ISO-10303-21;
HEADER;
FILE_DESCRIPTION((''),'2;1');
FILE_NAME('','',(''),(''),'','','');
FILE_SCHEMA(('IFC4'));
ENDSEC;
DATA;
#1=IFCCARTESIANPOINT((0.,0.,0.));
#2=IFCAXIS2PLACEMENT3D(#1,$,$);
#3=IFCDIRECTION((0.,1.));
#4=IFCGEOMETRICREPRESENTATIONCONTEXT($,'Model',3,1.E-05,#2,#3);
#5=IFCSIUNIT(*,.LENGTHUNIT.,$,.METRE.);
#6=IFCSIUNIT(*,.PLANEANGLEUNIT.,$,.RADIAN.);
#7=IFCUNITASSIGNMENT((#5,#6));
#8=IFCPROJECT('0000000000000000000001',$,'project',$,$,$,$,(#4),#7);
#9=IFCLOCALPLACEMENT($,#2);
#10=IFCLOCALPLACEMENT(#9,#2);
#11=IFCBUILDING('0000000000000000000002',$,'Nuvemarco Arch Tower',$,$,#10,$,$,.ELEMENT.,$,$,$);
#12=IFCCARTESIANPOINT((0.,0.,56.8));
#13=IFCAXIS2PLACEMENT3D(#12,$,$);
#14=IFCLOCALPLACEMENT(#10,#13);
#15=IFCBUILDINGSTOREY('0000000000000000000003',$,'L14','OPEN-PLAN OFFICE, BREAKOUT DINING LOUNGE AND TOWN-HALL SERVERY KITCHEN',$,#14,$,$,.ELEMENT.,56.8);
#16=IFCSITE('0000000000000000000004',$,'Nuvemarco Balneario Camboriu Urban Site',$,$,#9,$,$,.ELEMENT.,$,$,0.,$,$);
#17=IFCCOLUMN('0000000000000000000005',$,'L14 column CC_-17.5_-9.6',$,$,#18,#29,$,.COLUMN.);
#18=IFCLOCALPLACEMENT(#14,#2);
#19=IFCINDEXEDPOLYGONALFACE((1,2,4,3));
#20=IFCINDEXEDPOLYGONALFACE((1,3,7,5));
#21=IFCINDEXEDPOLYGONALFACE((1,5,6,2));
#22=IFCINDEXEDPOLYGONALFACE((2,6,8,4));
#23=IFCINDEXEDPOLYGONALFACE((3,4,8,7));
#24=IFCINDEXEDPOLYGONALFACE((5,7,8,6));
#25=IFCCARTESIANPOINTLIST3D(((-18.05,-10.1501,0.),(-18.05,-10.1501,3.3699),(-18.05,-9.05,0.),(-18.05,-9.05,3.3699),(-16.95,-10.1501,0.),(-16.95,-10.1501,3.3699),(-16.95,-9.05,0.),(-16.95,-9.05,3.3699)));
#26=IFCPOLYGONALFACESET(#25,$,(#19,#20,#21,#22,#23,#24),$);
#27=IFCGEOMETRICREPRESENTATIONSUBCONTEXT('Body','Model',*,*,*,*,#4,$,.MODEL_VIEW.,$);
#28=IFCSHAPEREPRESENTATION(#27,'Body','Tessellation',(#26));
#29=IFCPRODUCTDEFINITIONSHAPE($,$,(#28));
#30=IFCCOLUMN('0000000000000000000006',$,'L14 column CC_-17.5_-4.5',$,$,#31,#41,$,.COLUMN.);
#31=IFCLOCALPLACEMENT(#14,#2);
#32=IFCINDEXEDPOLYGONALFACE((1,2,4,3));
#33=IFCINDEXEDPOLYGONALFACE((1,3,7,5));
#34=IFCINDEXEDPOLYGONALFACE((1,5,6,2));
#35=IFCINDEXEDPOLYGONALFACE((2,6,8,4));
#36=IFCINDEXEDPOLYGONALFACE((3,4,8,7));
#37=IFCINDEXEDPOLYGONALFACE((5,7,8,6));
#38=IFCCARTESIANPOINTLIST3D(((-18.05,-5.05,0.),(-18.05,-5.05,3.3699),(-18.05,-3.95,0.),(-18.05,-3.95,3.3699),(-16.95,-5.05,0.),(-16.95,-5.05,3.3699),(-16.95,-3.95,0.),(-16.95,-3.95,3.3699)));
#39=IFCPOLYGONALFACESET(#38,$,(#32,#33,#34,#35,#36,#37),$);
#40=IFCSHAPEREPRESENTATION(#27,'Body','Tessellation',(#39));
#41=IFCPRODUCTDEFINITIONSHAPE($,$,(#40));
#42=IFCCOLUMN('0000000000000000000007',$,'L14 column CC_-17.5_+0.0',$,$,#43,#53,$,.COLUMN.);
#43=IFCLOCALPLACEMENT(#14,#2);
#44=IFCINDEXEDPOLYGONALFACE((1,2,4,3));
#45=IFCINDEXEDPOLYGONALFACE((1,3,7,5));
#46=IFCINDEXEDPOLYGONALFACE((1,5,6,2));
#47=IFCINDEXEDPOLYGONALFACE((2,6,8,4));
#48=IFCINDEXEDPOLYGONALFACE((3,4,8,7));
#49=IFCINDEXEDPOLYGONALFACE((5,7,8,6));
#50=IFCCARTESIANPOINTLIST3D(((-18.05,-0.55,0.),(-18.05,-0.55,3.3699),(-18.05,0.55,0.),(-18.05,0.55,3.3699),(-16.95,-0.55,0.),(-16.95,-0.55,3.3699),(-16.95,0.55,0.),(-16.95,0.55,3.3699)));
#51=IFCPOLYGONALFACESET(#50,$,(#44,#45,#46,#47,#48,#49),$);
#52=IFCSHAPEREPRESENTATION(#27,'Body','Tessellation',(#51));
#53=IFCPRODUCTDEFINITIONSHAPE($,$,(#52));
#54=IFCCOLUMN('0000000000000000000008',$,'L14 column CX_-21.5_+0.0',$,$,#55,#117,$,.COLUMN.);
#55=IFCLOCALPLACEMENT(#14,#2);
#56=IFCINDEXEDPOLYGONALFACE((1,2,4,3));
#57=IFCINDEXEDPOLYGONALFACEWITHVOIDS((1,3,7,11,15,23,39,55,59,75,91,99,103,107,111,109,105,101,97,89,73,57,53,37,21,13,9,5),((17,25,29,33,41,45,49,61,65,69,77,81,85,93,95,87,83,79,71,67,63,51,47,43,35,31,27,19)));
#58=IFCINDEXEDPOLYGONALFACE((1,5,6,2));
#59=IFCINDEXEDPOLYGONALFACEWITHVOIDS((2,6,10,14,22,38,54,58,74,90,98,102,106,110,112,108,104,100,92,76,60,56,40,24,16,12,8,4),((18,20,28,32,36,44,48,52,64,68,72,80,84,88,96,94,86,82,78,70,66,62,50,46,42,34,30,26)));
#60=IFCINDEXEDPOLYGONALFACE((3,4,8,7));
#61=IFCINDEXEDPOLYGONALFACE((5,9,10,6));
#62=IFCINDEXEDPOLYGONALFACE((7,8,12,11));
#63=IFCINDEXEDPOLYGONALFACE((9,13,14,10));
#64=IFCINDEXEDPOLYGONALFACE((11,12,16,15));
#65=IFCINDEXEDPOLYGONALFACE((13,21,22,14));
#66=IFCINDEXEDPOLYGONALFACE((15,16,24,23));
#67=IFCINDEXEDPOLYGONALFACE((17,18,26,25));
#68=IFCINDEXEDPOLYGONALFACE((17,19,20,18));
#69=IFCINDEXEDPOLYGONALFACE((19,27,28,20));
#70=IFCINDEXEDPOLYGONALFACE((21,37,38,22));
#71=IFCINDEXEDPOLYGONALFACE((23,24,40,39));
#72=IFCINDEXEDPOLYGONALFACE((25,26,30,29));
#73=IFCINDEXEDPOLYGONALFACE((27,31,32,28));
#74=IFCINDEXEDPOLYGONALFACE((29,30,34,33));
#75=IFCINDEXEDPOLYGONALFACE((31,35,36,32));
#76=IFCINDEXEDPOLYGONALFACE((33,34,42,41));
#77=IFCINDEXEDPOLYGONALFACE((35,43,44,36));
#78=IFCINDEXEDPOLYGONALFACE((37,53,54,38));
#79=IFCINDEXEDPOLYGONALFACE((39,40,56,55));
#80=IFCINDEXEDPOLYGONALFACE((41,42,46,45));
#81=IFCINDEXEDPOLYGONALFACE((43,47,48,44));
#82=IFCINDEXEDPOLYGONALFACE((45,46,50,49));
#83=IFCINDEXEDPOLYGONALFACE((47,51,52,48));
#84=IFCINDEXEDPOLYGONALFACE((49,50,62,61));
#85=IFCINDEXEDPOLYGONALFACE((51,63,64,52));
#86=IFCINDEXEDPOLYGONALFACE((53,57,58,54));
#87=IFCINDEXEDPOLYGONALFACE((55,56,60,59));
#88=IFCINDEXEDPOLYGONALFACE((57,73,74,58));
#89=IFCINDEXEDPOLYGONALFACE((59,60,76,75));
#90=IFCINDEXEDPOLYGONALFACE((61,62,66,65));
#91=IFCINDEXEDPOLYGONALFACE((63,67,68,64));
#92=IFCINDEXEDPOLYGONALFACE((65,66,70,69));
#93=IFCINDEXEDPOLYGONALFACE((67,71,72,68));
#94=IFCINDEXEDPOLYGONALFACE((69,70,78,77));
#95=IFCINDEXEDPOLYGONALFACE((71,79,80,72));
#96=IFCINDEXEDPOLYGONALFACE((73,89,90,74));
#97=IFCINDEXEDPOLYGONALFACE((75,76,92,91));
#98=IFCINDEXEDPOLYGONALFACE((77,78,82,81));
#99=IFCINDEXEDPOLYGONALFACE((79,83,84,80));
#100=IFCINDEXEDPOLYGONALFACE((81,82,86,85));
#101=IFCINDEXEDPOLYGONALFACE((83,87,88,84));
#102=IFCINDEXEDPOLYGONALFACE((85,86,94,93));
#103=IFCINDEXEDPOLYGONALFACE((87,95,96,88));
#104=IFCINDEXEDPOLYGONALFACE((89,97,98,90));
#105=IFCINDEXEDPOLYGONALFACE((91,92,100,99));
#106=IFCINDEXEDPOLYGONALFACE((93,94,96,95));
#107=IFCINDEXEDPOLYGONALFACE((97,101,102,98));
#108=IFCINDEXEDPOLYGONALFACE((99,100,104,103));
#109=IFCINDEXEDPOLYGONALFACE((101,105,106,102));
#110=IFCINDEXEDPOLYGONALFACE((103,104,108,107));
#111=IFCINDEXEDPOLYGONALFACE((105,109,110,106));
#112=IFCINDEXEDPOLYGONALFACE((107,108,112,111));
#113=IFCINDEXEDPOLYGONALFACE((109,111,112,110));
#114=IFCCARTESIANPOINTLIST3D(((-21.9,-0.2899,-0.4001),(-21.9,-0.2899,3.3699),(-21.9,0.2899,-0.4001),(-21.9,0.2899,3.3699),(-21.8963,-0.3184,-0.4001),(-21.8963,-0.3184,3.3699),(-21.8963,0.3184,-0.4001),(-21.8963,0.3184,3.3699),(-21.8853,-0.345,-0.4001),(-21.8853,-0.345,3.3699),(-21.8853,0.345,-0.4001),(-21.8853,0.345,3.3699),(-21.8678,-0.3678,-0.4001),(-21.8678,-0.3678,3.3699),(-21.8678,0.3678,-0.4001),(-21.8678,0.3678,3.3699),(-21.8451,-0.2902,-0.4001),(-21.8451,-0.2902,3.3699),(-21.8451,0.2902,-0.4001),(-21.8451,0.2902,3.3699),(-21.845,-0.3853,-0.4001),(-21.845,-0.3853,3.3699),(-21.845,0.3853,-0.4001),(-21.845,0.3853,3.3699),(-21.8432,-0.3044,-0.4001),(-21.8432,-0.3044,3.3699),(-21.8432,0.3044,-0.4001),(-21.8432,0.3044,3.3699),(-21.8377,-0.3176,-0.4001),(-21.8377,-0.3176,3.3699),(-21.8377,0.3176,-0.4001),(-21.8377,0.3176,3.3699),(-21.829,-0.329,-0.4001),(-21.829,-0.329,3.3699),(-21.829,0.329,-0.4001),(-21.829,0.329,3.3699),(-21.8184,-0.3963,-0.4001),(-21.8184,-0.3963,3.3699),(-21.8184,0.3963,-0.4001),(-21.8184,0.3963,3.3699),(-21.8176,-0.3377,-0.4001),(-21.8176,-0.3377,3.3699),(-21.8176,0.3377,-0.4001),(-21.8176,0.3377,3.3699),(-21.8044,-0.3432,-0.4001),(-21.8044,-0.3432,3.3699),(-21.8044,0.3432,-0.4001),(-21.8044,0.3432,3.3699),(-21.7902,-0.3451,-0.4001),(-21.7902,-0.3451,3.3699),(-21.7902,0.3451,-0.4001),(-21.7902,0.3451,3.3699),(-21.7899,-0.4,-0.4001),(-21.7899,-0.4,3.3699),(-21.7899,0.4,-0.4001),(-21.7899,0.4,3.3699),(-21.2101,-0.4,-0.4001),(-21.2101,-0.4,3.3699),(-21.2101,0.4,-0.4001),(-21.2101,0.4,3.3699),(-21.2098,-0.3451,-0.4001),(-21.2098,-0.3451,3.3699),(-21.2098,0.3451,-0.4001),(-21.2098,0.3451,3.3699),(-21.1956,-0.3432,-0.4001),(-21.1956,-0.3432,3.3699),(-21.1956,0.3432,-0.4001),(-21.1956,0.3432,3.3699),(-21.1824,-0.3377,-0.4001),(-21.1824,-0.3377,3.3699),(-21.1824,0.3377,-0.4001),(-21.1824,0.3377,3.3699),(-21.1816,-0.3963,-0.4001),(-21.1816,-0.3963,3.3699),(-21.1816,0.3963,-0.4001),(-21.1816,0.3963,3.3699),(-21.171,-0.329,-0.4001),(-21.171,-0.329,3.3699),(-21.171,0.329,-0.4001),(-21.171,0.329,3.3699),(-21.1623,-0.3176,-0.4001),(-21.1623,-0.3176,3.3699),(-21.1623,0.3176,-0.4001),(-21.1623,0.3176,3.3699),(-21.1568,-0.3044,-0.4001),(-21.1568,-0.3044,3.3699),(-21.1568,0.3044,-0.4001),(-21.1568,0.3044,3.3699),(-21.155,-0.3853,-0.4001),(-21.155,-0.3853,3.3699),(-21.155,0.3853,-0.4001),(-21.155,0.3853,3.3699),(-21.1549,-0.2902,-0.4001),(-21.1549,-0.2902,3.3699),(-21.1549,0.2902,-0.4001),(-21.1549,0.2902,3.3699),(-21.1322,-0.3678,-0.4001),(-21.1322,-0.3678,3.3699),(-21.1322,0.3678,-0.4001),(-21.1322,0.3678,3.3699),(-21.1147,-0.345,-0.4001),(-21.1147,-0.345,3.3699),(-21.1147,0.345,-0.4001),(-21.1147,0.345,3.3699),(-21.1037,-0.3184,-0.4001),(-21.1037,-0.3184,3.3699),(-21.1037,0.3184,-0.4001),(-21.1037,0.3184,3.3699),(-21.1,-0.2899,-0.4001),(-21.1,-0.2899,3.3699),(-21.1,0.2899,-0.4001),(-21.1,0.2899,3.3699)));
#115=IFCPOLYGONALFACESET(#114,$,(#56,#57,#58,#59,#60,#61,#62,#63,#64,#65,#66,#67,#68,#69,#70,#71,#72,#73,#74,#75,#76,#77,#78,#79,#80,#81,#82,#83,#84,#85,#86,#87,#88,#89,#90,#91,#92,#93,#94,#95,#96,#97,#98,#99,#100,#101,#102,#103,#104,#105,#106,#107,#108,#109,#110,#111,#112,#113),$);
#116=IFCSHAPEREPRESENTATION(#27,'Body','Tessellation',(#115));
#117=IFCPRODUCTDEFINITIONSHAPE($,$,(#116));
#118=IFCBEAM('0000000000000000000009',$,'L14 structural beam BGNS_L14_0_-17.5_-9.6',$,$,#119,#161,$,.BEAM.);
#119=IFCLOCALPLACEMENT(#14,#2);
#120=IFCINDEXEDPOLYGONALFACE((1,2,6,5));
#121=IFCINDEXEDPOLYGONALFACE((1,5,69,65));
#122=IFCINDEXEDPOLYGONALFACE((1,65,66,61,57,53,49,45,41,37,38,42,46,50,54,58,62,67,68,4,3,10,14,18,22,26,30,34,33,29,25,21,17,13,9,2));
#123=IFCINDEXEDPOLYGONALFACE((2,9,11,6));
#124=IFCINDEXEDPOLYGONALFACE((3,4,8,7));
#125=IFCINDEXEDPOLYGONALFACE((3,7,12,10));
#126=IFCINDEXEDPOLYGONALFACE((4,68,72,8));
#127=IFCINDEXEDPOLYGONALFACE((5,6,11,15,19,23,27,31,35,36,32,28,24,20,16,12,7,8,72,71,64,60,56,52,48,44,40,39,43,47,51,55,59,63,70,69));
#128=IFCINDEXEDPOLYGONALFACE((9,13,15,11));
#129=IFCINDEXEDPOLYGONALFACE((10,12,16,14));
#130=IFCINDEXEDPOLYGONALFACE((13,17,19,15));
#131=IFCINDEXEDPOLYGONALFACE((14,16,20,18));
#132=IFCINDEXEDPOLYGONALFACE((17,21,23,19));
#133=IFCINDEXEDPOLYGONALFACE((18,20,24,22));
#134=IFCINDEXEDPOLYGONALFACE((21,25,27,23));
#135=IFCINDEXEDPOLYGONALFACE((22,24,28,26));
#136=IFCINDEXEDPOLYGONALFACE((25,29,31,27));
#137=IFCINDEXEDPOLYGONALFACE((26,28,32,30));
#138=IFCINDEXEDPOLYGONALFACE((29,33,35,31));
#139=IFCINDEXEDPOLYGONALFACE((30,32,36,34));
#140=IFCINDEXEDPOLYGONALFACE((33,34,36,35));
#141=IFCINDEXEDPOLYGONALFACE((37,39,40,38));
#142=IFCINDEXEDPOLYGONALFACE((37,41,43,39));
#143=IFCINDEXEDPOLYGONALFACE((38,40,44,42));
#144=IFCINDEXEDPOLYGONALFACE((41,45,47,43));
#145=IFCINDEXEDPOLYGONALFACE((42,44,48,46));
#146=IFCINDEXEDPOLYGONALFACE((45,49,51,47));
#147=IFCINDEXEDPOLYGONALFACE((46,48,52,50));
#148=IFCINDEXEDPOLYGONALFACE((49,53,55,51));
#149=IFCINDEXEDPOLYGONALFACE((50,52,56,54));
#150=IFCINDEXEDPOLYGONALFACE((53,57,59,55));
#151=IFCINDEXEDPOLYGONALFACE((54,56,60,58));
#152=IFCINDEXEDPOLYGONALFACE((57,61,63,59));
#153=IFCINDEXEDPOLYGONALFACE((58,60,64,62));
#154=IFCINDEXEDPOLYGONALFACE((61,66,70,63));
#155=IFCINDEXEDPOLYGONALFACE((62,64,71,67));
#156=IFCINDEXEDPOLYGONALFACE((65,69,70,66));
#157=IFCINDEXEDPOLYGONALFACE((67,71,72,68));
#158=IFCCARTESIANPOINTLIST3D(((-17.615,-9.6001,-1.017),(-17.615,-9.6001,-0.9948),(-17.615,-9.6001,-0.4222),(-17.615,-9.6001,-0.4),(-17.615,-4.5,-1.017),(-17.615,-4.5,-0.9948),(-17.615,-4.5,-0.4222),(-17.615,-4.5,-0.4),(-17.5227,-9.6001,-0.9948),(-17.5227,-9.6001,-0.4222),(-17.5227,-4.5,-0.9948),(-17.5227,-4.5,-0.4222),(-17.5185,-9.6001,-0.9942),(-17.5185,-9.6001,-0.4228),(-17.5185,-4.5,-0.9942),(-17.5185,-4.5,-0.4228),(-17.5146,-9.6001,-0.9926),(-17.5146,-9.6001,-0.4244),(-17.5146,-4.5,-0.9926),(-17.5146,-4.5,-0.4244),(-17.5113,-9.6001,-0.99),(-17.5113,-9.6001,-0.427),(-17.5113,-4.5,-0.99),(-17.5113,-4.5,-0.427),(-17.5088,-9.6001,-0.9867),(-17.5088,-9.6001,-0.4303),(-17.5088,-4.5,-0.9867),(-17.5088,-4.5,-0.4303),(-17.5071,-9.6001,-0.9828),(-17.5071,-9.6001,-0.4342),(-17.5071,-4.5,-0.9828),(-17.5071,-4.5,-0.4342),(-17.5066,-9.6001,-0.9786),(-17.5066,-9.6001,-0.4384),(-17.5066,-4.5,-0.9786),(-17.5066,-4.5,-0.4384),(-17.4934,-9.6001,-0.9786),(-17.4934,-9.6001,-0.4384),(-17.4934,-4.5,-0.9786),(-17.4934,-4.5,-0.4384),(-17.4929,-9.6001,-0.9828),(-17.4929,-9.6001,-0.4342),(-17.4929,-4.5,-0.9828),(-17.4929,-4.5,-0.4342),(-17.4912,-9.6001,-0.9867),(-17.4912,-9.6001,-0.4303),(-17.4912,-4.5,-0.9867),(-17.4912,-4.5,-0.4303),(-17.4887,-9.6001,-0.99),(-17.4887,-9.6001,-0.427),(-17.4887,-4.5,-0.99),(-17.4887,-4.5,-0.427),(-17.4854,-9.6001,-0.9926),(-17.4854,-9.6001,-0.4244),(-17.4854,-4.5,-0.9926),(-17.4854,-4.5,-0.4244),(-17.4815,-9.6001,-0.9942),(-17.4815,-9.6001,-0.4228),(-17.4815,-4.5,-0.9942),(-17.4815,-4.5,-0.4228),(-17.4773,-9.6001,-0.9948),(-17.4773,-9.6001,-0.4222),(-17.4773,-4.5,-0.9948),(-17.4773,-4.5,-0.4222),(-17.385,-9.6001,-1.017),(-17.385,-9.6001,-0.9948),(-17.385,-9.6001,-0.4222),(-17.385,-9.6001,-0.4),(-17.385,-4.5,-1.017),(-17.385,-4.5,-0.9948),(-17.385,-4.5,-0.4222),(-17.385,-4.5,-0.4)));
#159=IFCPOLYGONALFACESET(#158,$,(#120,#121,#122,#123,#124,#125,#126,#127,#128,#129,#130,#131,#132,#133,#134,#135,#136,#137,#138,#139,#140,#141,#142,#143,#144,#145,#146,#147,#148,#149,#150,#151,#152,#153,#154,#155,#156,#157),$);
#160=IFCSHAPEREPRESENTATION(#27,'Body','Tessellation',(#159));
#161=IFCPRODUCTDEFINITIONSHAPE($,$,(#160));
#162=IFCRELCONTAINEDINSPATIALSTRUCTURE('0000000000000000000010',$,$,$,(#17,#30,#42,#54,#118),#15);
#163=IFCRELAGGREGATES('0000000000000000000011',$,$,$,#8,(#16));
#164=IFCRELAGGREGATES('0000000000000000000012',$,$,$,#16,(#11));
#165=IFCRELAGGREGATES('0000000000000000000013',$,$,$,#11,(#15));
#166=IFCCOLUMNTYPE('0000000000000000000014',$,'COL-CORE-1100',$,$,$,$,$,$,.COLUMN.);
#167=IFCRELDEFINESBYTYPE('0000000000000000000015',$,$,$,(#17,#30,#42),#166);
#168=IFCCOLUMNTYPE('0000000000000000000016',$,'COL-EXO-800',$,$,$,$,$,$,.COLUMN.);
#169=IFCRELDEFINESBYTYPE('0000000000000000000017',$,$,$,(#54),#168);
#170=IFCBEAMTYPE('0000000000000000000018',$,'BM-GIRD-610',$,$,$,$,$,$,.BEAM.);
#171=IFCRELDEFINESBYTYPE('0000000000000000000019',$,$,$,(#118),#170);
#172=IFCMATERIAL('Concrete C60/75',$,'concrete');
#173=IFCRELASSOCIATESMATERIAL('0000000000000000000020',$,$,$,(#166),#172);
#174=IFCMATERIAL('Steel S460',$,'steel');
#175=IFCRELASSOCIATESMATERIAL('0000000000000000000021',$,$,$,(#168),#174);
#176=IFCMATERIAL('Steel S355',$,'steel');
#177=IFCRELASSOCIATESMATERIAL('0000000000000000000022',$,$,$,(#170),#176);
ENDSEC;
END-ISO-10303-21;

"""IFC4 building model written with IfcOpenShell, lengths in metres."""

from ifc_helpers import new_model, si_unit, direction, frame, origin, origin_2d, place, context, subcontext, project, spatial, rectangle, hollow_rectangle, i_section, extrude, material, material_profile, profile_set, type_object, element, save


model = new_model("IFC4")

# Units and contexts
model_context = context("Model", 3, precision=1e-05, world=origin(), true_north=direction((0.0, 1.0)))
body_context = subcontext(model_context, "Body", "Model", "MODEL_VIEW")
ifc_project = project(units=[si_unit("LENGTHUNIT", "METRE"), si_unit("PLANEANGLEUNIT", "RADIAN")], contexts=[model_context])

# Site, building, storey
site_placement = place(None, origin())
site = spatial("IfcSite", under=ifc_project, at=site_placement, Name="Nuvemarco Balneario Camboriu Urban Site", CompositionType="ELEMENT", RefElevation=0.0)
building_placement = place(site_placement, origin())
building = spatial("IfcBuilding", under=site, at=building_placement, Name="Nuvemarco Arch Tower", CompositionType="ELEMENT")
storey_placement = place(building_placement, frame((0.0, 0.0, 56.8)))
storey = spatial("IfcBuildingStorey", under=building, at=storey_placement, Name="L14", Description="OPEN-PLAN OFFICE, BREAKOUT DINING LOUNGE AND TOWN-HALL SERVERY KITCHEN", CompositionType="ELEMENT", Elevation=56.8)

# Columns
ifc_material_1 = material(Name="Concrete C60/75", Category="concrete")
ifc_material_profile_1 = material_profile(ifc_material_1, rectangle(XDim=1.1001, YDim=1.1001, at=origin_2d()), Name="RC-COL-1100x1100")
ifc_profile_set_1 = profile_set([ifc_material_profile_1], Name="Concrete C60/75")
column_type_1 = type_object("IfcColumnType", Name="COL-CORE-1100", PredefinedType="COLUMN", material=ifc_profile_set_1)
for number, where, z_axis, x_axis, name in (
    (1, (-17.5, -9.6001, 0.0), (0.0, 0.0, 1.0), (1.0, 0.0, 0.0), "L14 column CC_-17.5_-9.6"),
    (2, (-17.5, -4.5, 0.0), (0.0, 0.0, 1.0), (1.0, 0.0, 0.0), "L14 column CC_-17.5_-4.5"),
    (3, (-17.5, 0.0, 0.0), (0.0, 0.0, 1.0), (1.0, 0.0, 0.0), "L14 column CC_-17.5_+0.0"),
):
    element("IfcColumn", number, at=place(storey_placement, frame(where, z_axis=z_axis, x_axis=x_axis)), inside=storey, type_object=column_type_1, Name=name, PredefinedType="COLUMN", context=body_context, shape_type="SweptSolid", body=[
        extrude(rectangle(XDim=1.1001, YDim=1.1001, at=origin_2d()), origin(), (0.0, 0.0, 1.0), 3.3699),
    ])
ifc_material_2 = material(Name="Steel S460", Category="steel")
ifc_material_profile_2 = material_profile(ifc_material_2, hollow_rectangle(XDim=0.8, YDim=0.8, WallThickness=0.0549, InnerFilletRadius=0.0549, OuterFilletRadius=0.1101, at=origin_2d()), Name="SHS800x800x55")
ifc_profile_set_2 = profile_set([ifc_material_profile_2], Name="Steel S460")
column_type_2 = type_object("IfcColumnType", Name="COL-EXO-800", PredefinedType="COLUMN", material=ifc_profile_set_2)
column_placement = place(storey_placement, frame((-21.5, 0.0, -0.4001), z_axis=(0.0, 0.0, 1.0), x_axis=(1.0, 0.0, 0.0)))
element("IfcColumn", 4, at=column_placement, inside=storey, type_object=column_type_2, Name="L14 column CX_-21.5_+0.0", PredefinedType="COLUMN", context=body_context, shape_type="SweptSolid", body=[
    extrude(hollow_rectangle(XDim=0.8, YDim=0.8, WallThickness=0.0549, InnerFilletRadius=0.0549, OuterFilletRadius=0.1101, at=origin_2d()), origin(), (0.0, 0.0, 1.0), 3.77),
])

# Beam
ifc_material_3 = material(Name="Steel S355", Category="steel")
ifc_material_profile_3 = material_profile(ifc_material_3, i_section(OverallWidth=0.23, OverallDepth=0.6169, WebThickness=0.0132, FlangeThickness=0.0222, FilletRadius=0.0161, at=origin_2d()), Name="W610x140")
ifc_profile_set_3 = profile_set([ifc_material_profile_3], Name="Steel S355")
beam_type_1 = type_object("IfcBeamType", Name="BM-GIRD-610", PredefinedType="BEAM", material=ifc_profile_set_3)
beam_1_placement = place(storey_placement, frame((-17.5, -9.6001, -0.7085), z_axis=(0.0, 1.0, 0.0), x_axis=(-1.0, 0.0, 0.0)))
element("IfcBeam", 5, at=beam_1_placement, inside=storey, type_object=beam_type_1, Name="L14 structural beam BGNS_L14_0_-17.5_-9.6", PredefinedType="BEAM", context=body_context, shape_type="SweptSolid", body=[
    extrude(i_section(OverallWidth=0.23, OverallDepth=0.6169, WebThickness=0.0132, FlangeThickness=0.0222, FilletRadius=0.0161, at=origin_2d()), origin(), (0.0, 0.0, 1.0), 5.1001),
])

save(model, "model.ifc")
